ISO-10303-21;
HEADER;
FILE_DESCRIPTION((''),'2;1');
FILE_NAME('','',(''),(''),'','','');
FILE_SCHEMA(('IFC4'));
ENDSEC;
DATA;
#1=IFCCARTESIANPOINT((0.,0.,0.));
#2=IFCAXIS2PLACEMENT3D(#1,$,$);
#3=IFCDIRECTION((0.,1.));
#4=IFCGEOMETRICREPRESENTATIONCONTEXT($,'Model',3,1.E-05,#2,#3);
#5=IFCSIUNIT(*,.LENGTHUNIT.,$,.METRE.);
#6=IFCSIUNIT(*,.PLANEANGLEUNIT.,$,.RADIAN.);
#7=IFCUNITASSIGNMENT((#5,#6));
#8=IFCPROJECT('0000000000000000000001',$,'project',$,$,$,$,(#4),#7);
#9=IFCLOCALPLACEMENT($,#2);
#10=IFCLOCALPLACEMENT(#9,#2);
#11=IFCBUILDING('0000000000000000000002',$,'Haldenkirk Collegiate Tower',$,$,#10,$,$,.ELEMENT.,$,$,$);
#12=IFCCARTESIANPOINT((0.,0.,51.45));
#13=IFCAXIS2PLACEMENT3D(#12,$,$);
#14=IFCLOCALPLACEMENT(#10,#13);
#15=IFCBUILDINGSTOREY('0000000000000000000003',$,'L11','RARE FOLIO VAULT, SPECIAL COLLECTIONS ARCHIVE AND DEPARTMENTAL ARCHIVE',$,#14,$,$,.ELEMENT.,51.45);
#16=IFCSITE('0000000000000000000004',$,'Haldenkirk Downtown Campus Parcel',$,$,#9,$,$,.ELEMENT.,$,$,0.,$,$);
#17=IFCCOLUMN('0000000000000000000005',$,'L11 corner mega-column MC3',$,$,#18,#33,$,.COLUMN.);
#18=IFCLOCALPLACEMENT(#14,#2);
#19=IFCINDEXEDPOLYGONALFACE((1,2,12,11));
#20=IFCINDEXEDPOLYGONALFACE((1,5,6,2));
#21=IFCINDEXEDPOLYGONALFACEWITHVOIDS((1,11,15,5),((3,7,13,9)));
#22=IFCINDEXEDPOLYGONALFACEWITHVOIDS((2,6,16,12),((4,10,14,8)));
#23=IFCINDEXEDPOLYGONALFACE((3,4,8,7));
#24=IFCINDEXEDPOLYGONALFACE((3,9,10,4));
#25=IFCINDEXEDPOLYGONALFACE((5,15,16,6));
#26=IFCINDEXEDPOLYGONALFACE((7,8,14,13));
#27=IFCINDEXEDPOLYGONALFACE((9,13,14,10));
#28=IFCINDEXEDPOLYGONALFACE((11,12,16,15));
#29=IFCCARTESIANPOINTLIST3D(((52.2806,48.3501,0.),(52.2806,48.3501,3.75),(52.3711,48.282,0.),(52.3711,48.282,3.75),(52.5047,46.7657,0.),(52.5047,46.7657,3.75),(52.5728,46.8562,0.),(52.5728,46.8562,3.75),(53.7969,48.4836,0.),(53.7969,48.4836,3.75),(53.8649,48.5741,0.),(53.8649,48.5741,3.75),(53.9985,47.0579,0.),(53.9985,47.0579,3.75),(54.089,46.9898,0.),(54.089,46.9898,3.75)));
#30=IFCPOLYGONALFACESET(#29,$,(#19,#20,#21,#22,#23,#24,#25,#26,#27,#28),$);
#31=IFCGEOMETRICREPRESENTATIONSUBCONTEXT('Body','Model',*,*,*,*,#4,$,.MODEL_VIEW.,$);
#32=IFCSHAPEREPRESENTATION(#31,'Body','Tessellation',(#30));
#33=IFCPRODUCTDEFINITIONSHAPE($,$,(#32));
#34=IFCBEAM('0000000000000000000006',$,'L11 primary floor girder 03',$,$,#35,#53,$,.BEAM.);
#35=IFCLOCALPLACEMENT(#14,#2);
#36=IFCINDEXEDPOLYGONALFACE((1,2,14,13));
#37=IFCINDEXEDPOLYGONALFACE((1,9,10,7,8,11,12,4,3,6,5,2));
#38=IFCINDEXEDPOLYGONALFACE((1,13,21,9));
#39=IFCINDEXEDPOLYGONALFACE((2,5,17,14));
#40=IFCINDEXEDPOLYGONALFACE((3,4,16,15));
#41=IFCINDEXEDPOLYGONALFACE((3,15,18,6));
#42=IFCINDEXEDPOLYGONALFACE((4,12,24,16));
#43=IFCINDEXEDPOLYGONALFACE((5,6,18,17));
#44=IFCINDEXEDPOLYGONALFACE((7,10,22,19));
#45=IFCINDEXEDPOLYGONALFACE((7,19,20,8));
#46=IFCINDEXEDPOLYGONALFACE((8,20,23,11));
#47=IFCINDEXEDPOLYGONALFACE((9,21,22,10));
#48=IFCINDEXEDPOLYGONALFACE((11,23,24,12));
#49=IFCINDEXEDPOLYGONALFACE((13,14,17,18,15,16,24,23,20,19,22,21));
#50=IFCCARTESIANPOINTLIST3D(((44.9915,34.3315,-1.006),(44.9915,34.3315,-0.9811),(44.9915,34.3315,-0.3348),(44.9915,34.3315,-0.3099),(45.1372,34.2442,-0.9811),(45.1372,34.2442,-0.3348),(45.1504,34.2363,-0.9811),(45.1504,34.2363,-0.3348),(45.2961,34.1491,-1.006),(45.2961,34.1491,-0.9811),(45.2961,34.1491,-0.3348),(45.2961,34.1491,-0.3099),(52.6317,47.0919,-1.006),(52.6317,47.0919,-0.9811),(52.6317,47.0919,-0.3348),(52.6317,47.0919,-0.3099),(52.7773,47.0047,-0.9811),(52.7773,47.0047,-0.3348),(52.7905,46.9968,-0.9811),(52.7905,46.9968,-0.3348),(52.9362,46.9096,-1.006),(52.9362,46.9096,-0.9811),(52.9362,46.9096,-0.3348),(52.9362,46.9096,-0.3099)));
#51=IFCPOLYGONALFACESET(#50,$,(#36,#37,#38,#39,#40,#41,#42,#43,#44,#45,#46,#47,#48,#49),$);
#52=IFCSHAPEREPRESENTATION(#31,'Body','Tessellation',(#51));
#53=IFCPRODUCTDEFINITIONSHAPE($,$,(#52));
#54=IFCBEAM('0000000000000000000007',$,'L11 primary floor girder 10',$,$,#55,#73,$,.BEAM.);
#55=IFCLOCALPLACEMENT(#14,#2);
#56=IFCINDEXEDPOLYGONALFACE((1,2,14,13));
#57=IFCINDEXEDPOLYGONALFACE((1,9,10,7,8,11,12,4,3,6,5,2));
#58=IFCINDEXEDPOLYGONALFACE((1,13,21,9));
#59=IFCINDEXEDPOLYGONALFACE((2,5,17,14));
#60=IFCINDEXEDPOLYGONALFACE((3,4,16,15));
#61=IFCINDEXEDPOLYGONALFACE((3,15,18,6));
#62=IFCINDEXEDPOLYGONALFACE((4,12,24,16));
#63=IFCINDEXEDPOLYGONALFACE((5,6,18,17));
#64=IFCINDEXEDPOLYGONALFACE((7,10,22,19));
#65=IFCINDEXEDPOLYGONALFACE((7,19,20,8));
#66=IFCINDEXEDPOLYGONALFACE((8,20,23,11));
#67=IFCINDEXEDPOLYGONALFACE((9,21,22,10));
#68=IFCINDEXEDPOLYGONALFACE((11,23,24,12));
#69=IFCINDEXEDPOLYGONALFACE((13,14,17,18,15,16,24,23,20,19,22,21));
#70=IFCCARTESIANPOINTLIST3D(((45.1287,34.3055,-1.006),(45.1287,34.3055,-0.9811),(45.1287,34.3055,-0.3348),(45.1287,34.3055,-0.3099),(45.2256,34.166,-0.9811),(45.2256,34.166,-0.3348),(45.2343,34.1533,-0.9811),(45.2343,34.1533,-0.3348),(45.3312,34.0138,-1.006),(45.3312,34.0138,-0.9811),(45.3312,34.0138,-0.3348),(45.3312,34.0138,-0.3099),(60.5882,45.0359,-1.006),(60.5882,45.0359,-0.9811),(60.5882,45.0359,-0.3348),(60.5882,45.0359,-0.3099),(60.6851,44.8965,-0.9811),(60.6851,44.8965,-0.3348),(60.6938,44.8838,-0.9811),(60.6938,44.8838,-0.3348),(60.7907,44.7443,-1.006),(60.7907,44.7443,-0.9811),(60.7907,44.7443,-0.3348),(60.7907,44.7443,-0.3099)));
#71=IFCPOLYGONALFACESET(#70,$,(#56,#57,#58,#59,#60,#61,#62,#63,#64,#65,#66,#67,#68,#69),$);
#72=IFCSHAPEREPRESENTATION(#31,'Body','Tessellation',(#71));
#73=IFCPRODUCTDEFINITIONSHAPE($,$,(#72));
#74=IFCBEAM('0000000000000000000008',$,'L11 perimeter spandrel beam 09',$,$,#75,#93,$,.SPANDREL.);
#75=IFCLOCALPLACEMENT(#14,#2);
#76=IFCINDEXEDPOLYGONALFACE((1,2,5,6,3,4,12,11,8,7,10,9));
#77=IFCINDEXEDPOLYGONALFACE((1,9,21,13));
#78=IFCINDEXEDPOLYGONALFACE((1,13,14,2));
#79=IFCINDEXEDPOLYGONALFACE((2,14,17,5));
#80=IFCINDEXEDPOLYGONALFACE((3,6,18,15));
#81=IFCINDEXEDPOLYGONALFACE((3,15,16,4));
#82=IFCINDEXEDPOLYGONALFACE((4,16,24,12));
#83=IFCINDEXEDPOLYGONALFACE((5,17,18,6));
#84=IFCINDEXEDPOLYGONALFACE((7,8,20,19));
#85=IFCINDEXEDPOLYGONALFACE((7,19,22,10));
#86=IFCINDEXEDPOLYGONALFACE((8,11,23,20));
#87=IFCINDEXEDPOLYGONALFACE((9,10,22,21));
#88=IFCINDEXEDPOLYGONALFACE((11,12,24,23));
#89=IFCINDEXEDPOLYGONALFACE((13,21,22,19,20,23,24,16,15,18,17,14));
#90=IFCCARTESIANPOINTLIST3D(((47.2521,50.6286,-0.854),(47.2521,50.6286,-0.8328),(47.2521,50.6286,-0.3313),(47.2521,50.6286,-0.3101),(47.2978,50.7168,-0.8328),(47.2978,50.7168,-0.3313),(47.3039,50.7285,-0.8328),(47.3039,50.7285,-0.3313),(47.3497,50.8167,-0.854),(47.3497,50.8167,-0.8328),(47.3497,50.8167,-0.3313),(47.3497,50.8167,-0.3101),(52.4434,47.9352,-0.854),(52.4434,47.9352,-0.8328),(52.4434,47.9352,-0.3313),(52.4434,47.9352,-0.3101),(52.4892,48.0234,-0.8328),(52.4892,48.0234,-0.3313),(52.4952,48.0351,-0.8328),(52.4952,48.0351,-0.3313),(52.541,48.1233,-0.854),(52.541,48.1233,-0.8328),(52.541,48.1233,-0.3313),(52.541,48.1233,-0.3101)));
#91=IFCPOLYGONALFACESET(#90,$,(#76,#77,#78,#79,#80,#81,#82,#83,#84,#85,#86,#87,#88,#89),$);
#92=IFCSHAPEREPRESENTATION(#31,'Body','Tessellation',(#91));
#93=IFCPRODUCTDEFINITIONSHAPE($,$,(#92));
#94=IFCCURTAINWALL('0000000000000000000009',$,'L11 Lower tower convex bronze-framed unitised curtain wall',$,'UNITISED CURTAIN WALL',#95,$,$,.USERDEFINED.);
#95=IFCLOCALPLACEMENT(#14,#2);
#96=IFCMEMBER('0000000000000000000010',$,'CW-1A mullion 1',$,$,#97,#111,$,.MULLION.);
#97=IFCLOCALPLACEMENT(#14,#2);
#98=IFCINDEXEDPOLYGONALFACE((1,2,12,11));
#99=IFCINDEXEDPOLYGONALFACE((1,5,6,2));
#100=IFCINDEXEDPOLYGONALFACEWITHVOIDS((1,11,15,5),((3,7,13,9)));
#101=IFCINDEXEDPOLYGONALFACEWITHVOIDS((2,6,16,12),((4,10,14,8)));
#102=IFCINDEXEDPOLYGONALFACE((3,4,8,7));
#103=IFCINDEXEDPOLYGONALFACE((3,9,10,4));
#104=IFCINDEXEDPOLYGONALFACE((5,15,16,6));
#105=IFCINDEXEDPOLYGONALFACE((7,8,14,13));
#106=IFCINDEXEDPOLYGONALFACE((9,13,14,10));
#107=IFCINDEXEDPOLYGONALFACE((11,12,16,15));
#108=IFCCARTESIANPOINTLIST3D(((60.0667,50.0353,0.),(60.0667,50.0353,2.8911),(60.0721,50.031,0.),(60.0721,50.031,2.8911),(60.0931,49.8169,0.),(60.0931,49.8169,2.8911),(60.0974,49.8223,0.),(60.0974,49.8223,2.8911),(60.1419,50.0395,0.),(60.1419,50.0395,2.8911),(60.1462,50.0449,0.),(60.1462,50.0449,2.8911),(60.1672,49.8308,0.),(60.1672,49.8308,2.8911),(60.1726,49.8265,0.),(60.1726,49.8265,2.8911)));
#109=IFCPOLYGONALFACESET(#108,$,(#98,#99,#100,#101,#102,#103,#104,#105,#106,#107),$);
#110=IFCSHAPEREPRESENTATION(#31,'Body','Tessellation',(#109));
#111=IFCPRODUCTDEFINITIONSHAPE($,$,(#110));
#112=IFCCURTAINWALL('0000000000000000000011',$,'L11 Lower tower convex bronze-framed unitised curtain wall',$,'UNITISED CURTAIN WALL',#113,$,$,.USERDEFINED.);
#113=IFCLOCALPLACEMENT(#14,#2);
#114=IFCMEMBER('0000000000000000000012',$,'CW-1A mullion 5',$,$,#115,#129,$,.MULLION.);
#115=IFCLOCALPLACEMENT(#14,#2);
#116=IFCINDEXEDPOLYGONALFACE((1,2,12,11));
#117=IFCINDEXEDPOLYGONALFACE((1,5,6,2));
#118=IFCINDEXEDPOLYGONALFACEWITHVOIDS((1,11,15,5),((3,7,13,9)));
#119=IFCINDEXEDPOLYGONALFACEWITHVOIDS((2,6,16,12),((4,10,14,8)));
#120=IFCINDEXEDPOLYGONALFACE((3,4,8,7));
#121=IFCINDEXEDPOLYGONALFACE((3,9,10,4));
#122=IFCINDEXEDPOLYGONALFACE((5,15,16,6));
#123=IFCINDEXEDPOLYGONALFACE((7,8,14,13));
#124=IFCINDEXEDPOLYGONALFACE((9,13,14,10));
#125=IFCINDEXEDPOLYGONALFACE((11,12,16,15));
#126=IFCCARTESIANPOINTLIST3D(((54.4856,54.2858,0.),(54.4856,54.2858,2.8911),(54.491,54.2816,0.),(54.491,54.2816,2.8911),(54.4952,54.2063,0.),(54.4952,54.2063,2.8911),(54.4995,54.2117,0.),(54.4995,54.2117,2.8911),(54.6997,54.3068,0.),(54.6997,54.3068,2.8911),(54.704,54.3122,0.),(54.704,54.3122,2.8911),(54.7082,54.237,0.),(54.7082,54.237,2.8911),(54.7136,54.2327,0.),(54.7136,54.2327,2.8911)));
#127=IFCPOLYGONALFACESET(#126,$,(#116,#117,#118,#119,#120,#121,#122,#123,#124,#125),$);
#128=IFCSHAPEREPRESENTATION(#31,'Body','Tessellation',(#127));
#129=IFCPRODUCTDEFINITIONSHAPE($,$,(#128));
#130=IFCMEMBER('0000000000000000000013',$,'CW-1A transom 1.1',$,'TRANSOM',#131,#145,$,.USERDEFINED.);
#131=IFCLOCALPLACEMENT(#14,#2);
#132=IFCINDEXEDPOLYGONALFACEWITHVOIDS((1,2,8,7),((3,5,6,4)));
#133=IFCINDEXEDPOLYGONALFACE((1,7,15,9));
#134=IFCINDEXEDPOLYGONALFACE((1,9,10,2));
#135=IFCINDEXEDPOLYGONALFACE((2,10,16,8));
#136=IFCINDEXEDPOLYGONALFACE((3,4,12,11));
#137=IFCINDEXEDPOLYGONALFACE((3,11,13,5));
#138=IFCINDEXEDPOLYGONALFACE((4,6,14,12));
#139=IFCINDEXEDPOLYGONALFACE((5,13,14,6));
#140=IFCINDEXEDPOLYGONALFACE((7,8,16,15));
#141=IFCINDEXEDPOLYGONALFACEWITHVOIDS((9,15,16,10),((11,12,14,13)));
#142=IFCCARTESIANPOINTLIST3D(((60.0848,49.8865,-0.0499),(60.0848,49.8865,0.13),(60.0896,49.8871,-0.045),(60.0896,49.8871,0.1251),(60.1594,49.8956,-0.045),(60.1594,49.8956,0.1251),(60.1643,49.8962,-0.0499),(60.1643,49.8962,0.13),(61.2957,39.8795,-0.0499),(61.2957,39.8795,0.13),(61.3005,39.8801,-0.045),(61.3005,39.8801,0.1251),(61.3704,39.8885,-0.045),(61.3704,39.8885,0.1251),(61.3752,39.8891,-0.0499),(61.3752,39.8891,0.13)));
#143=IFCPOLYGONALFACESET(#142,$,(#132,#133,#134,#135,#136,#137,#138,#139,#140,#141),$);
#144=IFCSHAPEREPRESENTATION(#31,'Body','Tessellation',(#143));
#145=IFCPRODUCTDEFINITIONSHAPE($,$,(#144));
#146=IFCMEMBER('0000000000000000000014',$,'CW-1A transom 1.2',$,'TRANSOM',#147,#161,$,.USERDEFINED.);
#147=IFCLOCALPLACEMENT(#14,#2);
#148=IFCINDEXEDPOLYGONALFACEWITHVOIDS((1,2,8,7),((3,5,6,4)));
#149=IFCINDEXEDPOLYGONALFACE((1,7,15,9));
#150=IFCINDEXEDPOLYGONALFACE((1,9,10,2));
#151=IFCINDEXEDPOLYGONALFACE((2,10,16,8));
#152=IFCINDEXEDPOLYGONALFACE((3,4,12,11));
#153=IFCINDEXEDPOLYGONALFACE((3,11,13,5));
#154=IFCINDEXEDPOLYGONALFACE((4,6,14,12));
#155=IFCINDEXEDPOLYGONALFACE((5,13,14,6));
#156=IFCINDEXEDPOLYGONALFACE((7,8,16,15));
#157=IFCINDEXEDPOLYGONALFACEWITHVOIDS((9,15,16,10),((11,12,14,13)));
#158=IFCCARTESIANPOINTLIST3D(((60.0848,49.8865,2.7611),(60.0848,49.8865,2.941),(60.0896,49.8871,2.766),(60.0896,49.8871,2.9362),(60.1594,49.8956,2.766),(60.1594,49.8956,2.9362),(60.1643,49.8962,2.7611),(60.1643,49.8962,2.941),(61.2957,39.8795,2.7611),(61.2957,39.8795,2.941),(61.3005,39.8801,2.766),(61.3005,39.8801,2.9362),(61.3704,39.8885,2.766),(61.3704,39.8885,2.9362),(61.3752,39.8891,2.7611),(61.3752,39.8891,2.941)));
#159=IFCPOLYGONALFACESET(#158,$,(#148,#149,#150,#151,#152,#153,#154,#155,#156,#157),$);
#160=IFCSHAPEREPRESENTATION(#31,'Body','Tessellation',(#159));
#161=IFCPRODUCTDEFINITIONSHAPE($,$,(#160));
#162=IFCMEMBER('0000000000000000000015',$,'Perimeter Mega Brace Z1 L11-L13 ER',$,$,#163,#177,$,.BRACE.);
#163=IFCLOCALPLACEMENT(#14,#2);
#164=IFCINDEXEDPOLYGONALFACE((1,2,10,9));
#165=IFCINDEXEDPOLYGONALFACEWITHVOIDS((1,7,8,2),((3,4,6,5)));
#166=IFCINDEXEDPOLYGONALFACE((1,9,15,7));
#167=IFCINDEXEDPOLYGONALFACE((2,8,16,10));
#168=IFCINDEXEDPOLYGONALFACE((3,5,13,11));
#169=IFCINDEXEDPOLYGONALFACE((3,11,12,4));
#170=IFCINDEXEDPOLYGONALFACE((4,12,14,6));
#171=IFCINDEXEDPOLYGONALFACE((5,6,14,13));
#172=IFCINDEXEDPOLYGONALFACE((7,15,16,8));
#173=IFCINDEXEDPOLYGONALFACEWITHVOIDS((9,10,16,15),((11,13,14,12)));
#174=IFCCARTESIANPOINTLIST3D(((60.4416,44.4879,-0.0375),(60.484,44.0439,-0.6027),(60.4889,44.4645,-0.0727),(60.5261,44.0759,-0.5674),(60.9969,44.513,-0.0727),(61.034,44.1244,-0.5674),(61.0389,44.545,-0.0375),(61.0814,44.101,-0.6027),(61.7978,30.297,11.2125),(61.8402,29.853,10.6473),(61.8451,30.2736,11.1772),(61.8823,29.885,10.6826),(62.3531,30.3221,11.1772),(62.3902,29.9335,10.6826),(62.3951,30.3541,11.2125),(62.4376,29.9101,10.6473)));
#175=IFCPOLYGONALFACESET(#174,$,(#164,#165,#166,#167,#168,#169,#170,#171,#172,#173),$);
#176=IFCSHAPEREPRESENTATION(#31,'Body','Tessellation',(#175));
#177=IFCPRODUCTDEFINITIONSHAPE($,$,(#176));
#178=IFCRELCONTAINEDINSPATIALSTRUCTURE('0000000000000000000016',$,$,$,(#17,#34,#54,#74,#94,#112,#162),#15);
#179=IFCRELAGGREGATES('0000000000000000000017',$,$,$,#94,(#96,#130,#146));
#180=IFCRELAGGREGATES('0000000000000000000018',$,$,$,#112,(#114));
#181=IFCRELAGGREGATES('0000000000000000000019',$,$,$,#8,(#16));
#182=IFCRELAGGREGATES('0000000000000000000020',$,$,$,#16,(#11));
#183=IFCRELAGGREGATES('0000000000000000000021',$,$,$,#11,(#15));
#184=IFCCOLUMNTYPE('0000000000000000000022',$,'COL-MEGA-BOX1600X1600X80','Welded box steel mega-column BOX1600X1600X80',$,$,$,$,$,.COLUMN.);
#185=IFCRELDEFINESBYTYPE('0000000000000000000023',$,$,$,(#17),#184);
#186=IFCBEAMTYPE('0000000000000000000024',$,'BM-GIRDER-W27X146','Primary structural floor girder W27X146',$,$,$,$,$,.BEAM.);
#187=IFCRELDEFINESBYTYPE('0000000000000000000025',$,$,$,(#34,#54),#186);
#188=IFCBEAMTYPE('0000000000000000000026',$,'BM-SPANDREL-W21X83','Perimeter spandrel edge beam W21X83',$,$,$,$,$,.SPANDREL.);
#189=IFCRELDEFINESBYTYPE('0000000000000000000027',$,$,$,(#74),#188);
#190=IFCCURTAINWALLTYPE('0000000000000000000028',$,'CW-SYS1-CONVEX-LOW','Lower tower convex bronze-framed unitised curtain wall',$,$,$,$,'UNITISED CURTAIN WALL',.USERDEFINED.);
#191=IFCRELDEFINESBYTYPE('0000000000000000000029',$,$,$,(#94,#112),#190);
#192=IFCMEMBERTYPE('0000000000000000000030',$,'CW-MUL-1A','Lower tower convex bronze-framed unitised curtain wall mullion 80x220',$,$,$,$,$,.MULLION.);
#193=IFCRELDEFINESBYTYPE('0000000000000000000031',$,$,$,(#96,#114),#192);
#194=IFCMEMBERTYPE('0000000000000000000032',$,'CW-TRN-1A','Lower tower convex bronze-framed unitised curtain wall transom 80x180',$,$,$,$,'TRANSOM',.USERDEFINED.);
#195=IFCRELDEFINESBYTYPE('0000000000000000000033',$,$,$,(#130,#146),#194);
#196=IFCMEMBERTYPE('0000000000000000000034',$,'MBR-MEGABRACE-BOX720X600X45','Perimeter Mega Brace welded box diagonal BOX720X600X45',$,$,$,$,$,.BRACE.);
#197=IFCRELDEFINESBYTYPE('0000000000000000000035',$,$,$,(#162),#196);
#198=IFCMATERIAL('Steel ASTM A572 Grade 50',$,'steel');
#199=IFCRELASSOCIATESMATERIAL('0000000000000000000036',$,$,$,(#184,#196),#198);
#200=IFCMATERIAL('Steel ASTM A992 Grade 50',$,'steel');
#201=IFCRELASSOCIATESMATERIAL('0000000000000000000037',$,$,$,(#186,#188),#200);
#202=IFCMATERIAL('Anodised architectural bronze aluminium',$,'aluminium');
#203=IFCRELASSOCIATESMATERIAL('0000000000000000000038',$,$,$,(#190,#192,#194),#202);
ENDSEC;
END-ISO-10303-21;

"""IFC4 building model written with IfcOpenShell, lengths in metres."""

from ifc_helpers import new_model, si_unit, direction, frame, origin, origin_2d, place, context, subcontext, project, spatial, hollow_rectangle, i_section, extrude, material, material_profile, profile_set, type_object, element, aggregate, save


model = new_model("IFC4")

# Units and contexts
model_context = context("Model", 3, precision=1e-05, world=origin(), true_north=direction((0.0, 1.0)))
body_context = subcontext(model_context, "Body", "Model", "MODEL_VIEW")
ifc_project = project(units=[si_unit("LENGTHUNIT", "METRE"), si_unit("PLANEANGLEUNIT", "RADIAN")], contexts=[model_context])

# Site, building, storey
site_placement = place(None, origin())
site = spatial("IfcSite", under=ifc_project, at=site_placement, Name="Haldenkirk Downtown Campus Parcel", CompositionType="ELEMENT", RefElevation=0.0)
building_placement = place(site_placement, origin())
building = spatial("IfcBuilding", under=site, at=building_placement, Name="Haldenkirk Collegiate Tower", CompositionType="ELEMENT")
storey_placement = place(building_placement, frame((0.0, 0.0, 51.45)))
storey = spatial("IfcBuildingStorey", under=building, at=storey_placement, Name="L11", Description="RARE FOLIO VAULT, SPECIAL COLLECTIONS ARCHIVE AND DEPARTMENTAL ARCHIVE", CompositionType="ELEMENT", Elevation=51.45)

# Column
ifc_material_1 = material(Name="Steel ASTM A572 Grade 50", Category="steel")
ifc_material_profile_1 = material_profile(ifc_material_1, hollow_rectangle(XDim=1.6001, YDim=1.6001, WallThickness=0.0801, at=origin_2d()), Name="BOX1600X1600X80")
ifc_profile_set_1 = profile_set([ifc_material_profile_1], Name="Steel ASTM A572 Grade 50")
column_type = type_object("IfcColumnType", Name="COL-MEGA-BOX1600X1600X80", Description="Welded box steel mega-column BOX1600X1600X80", PredefinedType="COLUMN", material=ifc_profile_set_1)
column_placement = place(storey_placement, frame((53.1848, 47.6699, 0.0), z_axis=(0.0, 0.0, 1.0), x_axis=(0.990146, 0.140037, 0.0)))
element("IfcColumn", 1, at=column_placement, inside=storey, type_object=column_type, Name="L11 corner mega-column MC3", PredefinedType="COLUMN", context=body_context, shape_type="SweptSolid", body=[
    extrude(hollow_rectangle(XDim=1.6001, YDim=1.6001, WallThickness=0.0801, at=origin_2d()), origin(), (0.0, 0.0, 1.0), 3.75),
])

# Beams
ifc_material_2 = material(Name="Steel ASTM A992 Grade 50", Category="steel")
ifc_material_profile_2 = material_profile(ifc_material_2, i_section(OverallWidth=0.355, OverallDepth=0.696, WebThickness=0.0154, FlangeThickness=0.0249, at=origin_2d()), Name="W27X146")
ifc_profile_set_2 = profile_set([ifc_material_profile_2], Name="Steel ASTM A992 Grade 50")
beam_type_1 = type_object("IfcBeamType", Name="BM-GIRDER-W27X146", Description="Primary structural floor girder W27X146", PredefinedType="BEAM", material=ifc_profile_set_2)
beam_1_placement = place(storey_placement, frame((52.7839, 47.0007, -0.658), z_axis=(-0.513696, -0.857972, 0.0), x_axis=(0.857972, -0.513696, 0.0)))
element("IfcBeam", 2, at=beam_1_placement, inside=storey, type_object=beam_type_1, Name="L11 primary floor girder 03", PredefinedType="BEAM", context=body_context, shape_type="SweptSolid", body=[
    extrude(i_section(OverallWidth=0.355, OverallDepth=0.696, WebThickness=0.0154, FlangeThickness=0.0249, at=origin_2d()), origin(), (0.0, 0.0, 1.0), 14.8728),
])
beam_2_placement = place(storey_placement, frame((60.6895, 44.8901, -0.658), z_axis=(-0.821501, -0.570207, 0.0), x_axis=(0.570207, -0.821501, 0.0)))
element("IfcBeam", 3, at=beam_2_placement, inside=storey, type_object=beam_type_1, Name="L11 primary floor girder 10", PredefinedType="BEAM", context=body_context, shape_type="SweptSolid", body=[
    extrude(i_section(OverallWidth=0.355, OverallDepth=0.696, WebThickness=0.0154, FlangeThickness=0.0249, at=origin_2d()), origin(), (0.0, 0.0, 1.0), 18.8186),
])
ifc_material_profile_3 = material_profile(ifc_material_2, i_section(OverallWidth=0.2119, OverallDepth=0.5439, WebThickness=0.0132, FlangeThickness=0.0212, at=origin_2d()), Name="W21X83")
ifc_profile_set_3 = profile_set([ifc_material_profile_3], Name="Steel ASTM A992 Grade 50")
beam_type_2 = type_object("IfcBeamType", Name="BM-SPANDREL-W21X83", Description="Perimeter spandrel edge beam W21X83", PredefinedType="SPANDREL", material=ifc_profile_set_3)
beam_3_placement = place(storey_placement, frame((52.4922, 48.0293, -0.582), z_axis=(-0.887648, 0.460522, 0.0), x_axis=(-0.460522, -0.887648, 0.0)))
element("IfcBeam", 4, at=beam_3_placement, inside=storey, type_object=beam_type_2, Name="L11 perimeter spandrel beam 09", PredefinedType="SPANDREL", context=body_context, shape_type="SweptSolid", body=[
    extrude(i_section(OverallWidth=0.2119, OverallDepth=0.5439, WebThickness=0.0132, FlangeThickness=0.0212, at=origin_2d()), origin(), (0.0, 0.0, 1.0), 5.8484),
])

# Curtain walls, members
ifc_material_3 = material(Name="Anodised architectural bronze aluminium", Category="aluminium")
curtain_wall_type = type_object("IfcCurtainWallType", Name="CW-SYS1-CONVEX-LOW", Description="Lower tower convex bronze-framed unitised curtain wall", ElementType="UNITISED CURTAIN WALL", PredefinedType="USERDEFINED", material=ifc_material_3)
curtain_wall_1_placement = place(storey_placement, origin())
curtain_wall_1 = element("IfcCurtainWall", 5, at=curtain_wall_1_placement, inside=storey, type_object=curtain_wall_type, Name="L11 Lower tower convex bronze-framed unitised curtain wall", ObjectType="UNITISED CURTAIN WALL", PredefinedType="USERDEFINED")
ifc_material_profile_4 = material_profile(ifc_material_3, hollow_rectangle(XDim=0.0801, YDim=0.22, WallThickness=0.0049, at=origin_2d()), Name="CW-MUL-1A")
ifc_profile_set_4 = profile_set([ifc_material_profile_4], Name="Anodised architectural bronze aluminium")
member_type_1 = type_object("IfcMemberType", Name="CW-MUL-1A", Description="Lower tower convex bronze-framed unitised curtain wall mullion 80x220", PredefinedType="MULLION", material=ifc_profile_set_4)
member_1_placement = place(storey_placement, frame((60.1196, 49.9309, 0.0), z_axis=(0.0, 0.0, 1.0), x_axis=(0.992757, 0.120137, 0.0)))
member_1 = element("IfcMember", 6, at=member_1_placement, type_object=member_type_1, Name="CW-1A mullion 1", PredefinedType="MULLION", context=body_context, shape_type="SweptSolid", body=[
    extrude(hollow_rectangle(XDim=0.0801, YDim=0.22, WallThickness=0.0049, at=origin_2d()), origin(), (0.0, 0.0, 1.0), 2.8911),
])
curtain_wall_2_placement = place(storey_placement, origin())
curtain_wall_2 = element("IfcCurtainWall", 7, at=curtain_wall_2_placement, inside=storey, type_object=curtain_wall_type, Name="L11 Lower tower convex bronze-framed unitised curtain wall", ObjectType="UNITISED CURTAIN WALL", PredefinedType="USERDEFINED")
member_2_placement = place(storey_placement, frame((54.5996, 54.2593, 0.0), z_axis=(0.0, 0.0, 1.0), x_axis=(-0.120137, 0.992757, 0.0)))
member_2 = element("IfcMember", 8, at=member_2_placement, type_object=member_type_1, Name="CW-1A mullion 5", PredefinedType="MULLION", context=body_context, shape_type="SweptSolid", body=[
    extrude(hollow_rectangle(XDim=0.0801, YDim=0.22, WallThickness=0.0049, at=origin_2d()), origin(), (0.0, 0.0, 1.0), 2.8911),
])

# Members
ifc_material_profile_5 = material_profile(ifc_material_3, hollow_rectangle(XDim=0.0801, YDim=0.1799, WallThickness=0.0049, at=origin_2d()), Name="CW-TRN-1A")
ifc_profile_set_5 = profile_set([ifc_material_profile_5], Name="Anodised architectural bronze aluminium")
member_type_2 = type_object("IfcMemberType", Name="CW-TRN-1A", Description="Lower tower convex bronze-framed unitised curtain wall transom 80x180", ElementType="TRANSOM", PredefinedType="USERDEFINED", material=ifc_profile_set_5)
member_3_placement = place(storey_placement, frame((60.1245, 49.8914, 0.04), z_axis=(0.120132, -0.992758, 0.0), x_axis=(0.992758, 0.120132, 0.0)))
member_3 = element("IfcMember", 9, at=member_3_placement, type_object=member_type_2, Name="CW-1A transom 1.1", ObjectType="TRANSOM", PredefinedType="USERDEFINED", context=body_context, shape_type="SweptSolid", body=[
    extrude(hollow_rectangle(XDim=0.0801, YDim=0.1799, WallThickness=0.0049, at=origin_2d()), origin(), (0.0, 0.0, 1.0), 10.0801),
])
member_4_placement = place(storey_placement, frame((60.1245, 49.8914, 2.8511), z_axis=(0.120132, -0.992758, 0.0), x_axis=(0.992758, 0.120132, 0.0)))
member_4 = element("IfcMember", 10, at=member_4_placement, type_object=member_type_2, Name="CW-1A transom 1.2", ObjectType="TRANSOM", PredefinedType="USERDEFINED", context=body_context, shape_type="SweptSolid", body=[
    extrude(hollow_rectangle(XDim=0.0801, YDim=0.1799, WallThickness=0.0049, at=origin_2d()), origin(), (0.0, 0.0, 1.0), 10.0801),
])
ifc_material_profile_6 = material_profile(ifc_material_1, hollow_rectangle(XDim=0.6001, YDim=0.72, WallThickness=0.0449, at=origin_2d()), Name="BOX720X600X45")
ifc_profile_set_6 = profile_set([ifc_material_profile_6], Name="Steel ASTM A572 Grade 50")
member_type_3 = type_object("IfcMemberType", Name="MBR-MEGABRACE-BOX720X600X45", Description="Perimeter Mega Brace welded box diagonal BOX720X600X45", PredefinedType="BRACE", material=ifc_profile_set_6)
member_5_placement = place(storey_placement, frame((60.7615, 44.2944, -0.3201), z_axis=(0.074681, -0.78144, 0.619495), x_axis=(0.995464, 0.095135, 0.0)))
element("IfcMember", 11, at=member_5_placement, inside=storey, type_object=member_type_3, Name="Perimeter Mega Brace Z1 L11-L13 ER", PredefinedType="BRACE", context=body_context, shape_type="SweptSolid", body=[
    extrude(hollow_rectangle(XDim=0.6001, YDim=0.72, WallThickness=0.0449, at=origin_2d()), origin(), (0.0, 0.0, 1.0), 18.1599),
])

aggregate(curtain_wall_1, [member_1, member_3, member_4])
aggregate(curtain_wall_2, [member_2])

save(model, "model.ifc")
